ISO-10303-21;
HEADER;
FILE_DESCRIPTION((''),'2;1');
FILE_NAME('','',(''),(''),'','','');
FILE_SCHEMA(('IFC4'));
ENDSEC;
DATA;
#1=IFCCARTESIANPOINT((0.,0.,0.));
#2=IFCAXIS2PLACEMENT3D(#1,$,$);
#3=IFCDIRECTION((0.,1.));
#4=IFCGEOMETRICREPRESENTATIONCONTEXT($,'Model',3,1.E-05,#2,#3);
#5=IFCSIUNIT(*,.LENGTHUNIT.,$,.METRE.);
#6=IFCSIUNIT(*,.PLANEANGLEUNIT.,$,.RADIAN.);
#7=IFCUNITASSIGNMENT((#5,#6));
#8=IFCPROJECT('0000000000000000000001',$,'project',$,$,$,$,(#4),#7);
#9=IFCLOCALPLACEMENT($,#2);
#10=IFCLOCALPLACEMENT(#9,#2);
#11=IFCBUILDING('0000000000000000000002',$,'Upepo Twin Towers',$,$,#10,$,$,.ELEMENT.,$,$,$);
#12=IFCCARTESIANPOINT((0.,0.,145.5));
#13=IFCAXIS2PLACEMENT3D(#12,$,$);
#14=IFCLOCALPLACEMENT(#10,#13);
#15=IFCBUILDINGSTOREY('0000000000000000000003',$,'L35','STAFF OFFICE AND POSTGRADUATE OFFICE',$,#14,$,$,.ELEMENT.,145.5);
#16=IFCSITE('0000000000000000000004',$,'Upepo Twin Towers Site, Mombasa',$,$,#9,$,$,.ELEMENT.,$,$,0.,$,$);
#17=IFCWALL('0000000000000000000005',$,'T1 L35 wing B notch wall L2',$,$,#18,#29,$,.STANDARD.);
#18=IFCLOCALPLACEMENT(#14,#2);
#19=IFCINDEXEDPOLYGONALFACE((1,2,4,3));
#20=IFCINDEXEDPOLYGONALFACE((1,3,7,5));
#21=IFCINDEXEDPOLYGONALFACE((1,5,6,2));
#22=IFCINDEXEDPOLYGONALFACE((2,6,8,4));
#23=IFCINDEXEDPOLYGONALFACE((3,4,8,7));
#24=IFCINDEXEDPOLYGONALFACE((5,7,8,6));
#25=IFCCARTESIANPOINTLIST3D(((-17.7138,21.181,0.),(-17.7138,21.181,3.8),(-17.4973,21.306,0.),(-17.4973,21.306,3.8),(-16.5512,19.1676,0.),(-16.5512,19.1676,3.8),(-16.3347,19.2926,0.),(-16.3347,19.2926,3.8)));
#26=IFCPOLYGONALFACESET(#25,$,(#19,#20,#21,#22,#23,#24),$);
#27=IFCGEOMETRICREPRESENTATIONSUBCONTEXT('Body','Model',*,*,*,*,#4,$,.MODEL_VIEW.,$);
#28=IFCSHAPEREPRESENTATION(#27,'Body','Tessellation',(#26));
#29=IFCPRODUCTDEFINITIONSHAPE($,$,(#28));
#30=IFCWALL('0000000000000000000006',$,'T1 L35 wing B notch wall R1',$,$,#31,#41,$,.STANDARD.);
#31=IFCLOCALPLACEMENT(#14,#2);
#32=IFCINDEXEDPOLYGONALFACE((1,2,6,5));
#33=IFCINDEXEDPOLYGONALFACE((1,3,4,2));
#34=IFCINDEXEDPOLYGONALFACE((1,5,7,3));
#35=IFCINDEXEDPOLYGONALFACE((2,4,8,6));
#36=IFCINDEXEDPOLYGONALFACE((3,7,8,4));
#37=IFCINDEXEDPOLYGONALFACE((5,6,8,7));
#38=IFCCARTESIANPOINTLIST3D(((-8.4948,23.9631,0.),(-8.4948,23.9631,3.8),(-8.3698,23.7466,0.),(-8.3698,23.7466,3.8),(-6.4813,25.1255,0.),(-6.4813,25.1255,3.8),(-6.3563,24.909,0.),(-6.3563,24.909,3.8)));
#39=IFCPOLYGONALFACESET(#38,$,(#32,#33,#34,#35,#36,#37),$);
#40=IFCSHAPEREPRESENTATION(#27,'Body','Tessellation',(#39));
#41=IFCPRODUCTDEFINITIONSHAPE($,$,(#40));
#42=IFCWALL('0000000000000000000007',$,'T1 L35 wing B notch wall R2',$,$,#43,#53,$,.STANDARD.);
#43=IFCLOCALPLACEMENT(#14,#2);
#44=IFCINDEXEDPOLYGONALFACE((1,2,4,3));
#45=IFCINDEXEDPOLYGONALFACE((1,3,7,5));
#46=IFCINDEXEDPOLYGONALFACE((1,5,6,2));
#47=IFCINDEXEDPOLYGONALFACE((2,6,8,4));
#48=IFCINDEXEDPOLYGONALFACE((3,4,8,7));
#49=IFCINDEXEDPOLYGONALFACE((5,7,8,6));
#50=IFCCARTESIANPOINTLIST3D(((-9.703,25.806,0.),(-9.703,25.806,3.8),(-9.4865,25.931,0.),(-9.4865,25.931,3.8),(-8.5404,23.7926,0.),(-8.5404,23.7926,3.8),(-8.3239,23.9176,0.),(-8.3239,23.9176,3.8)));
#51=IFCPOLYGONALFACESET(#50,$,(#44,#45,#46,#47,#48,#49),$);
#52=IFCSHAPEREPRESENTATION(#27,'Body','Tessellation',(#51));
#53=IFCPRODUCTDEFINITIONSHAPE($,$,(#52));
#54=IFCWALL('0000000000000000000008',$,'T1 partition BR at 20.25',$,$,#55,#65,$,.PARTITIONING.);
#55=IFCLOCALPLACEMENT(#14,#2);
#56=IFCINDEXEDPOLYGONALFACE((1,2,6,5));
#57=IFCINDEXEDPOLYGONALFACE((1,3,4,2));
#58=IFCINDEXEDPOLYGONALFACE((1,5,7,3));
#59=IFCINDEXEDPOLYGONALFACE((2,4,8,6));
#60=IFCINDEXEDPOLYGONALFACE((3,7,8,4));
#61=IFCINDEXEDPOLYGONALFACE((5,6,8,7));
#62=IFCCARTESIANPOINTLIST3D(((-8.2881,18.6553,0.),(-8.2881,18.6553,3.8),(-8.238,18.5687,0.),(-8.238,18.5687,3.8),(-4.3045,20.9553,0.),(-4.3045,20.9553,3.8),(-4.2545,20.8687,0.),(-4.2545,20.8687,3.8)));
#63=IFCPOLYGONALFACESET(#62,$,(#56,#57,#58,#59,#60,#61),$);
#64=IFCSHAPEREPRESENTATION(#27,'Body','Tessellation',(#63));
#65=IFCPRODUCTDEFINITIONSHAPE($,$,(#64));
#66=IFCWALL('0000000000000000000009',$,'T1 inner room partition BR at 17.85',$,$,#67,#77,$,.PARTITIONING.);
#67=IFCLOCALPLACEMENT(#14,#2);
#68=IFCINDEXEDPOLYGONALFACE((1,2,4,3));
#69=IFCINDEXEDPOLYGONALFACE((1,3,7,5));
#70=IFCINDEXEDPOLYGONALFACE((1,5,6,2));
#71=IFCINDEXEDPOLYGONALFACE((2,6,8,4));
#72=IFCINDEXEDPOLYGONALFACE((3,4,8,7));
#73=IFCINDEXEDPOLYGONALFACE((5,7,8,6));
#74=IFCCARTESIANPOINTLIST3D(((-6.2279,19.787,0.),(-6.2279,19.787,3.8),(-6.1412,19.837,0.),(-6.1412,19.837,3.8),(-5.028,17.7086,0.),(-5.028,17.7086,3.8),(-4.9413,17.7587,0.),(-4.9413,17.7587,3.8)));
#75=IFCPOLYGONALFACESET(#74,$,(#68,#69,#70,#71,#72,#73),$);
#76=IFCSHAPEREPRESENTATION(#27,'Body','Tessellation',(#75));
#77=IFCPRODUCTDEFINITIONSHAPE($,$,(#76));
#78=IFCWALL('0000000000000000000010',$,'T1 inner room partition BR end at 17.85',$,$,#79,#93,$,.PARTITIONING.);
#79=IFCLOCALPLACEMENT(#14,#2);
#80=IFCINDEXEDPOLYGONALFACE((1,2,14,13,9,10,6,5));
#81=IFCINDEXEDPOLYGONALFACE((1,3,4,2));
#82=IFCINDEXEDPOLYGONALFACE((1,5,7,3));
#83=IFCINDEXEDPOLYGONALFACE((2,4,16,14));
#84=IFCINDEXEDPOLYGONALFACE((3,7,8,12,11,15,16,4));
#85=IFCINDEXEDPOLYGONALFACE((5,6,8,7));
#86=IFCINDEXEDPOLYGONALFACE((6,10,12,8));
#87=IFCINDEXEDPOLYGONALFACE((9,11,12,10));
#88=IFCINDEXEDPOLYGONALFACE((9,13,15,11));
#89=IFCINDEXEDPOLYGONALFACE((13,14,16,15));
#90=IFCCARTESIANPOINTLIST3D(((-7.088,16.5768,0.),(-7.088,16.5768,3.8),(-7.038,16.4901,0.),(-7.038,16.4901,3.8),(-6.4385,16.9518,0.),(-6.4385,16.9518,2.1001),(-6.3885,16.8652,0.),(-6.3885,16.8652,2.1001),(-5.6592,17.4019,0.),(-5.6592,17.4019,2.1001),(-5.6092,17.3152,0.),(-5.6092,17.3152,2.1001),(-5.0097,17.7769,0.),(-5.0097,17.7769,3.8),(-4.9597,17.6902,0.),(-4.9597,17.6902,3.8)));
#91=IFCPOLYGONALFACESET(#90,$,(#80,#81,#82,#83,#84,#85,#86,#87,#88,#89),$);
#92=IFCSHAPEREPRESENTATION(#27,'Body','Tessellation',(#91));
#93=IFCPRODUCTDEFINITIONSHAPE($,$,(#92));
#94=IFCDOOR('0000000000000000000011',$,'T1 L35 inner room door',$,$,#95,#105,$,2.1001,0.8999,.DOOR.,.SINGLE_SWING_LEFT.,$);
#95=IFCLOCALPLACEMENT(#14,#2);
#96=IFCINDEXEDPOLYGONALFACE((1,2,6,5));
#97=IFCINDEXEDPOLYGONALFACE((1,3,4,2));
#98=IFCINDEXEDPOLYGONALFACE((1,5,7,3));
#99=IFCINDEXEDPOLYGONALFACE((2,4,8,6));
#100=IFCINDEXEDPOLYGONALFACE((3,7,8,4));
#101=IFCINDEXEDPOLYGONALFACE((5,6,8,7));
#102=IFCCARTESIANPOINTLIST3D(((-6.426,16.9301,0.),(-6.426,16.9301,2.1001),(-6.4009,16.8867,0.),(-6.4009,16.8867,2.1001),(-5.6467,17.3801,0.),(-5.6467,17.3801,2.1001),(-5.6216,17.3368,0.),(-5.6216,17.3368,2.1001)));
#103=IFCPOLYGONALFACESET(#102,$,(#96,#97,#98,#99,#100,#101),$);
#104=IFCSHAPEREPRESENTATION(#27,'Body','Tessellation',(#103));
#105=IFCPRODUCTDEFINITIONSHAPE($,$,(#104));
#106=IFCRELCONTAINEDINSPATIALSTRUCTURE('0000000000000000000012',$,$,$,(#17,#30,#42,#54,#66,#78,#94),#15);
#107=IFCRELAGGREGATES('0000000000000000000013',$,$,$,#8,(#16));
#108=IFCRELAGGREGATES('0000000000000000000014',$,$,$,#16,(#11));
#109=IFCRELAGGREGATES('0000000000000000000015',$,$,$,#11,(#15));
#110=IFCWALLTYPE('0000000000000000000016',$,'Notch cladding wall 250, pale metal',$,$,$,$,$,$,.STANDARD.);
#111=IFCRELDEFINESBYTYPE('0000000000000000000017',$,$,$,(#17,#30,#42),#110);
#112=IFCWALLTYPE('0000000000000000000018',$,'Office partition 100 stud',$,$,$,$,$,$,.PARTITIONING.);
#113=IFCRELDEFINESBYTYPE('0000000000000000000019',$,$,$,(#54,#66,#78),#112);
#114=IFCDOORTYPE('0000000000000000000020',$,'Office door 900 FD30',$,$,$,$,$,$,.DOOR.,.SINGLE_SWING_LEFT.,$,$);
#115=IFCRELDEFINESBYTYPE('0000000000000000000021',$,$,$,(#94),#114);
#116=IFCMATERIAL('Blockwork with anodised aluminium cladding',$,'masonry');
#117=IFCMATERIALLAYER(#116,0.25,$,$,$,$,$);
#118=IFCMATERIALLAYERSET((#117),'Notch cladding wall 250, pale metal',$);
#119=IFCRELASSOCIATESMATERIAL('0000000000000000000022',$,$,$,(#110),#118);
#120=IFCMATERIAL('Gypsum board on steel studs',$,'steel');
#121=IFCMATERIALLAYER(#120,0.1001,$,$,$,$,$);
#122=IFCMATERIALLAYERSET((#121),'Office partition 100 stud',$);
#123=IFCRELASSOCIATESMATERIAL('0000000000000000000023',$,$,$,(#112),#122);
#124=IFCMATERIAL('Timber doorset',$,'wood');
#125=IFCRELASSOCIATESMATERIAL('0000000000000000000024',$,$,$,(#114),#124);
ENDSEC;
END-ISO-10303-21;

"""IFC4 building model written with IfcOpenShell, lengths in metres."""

from ifc_helpers import new_model, si_unit, direction, frame, frame_2d, origin, place, context, subcontext, project, spatial, rectangle, extrude, material, layer, layer_set, type_object, element, fill, save


model = new_model("IFC4")

# Units and contexts
model_context = context("Model", 3, precision=1e-05, world=origin(), true_north=direction((0.0, 1.0)))
body_context = subcontext(model_context, "Body", "Model", "MODEL_VIEW")
ifc_project = project(units=[si_unit("LENGTHUNIT", "METRE"), si_unit("PLANEANGLEUNIT", "RADIAN")], contexts=[model_context])

# Site, building, storey
site_placement = place(None, origin())
site = spatial("IfcSite", under=ifc_project, at=site_placement, Name="Upepo Twin Towers Site, Mombasa", CompositionType="ELEMENT", RefElevation=0.0)
building_placement = place(site_placement, origin())
building = spatial("IfcBuilding", under=site, at=building_placement, Name="Upepo Twin Towers", CompositionType="ELEMENT")
storey_placement = place(building_placement, frame((0.0, 0.0, 145.5)))
storey = spatial("IfcBuildingStorey", under=building, at=storey_placement, Name="L35", Description="STAFF OFFICE AND POSTGRADUATE OFFICE", CompositionType="ELEMENT", Elevation=145.5)

# Walls
ifc_material_1 = material(Name="Blockwork with anodised aluminium cladding", Category="masonry")
ifc_layer_1 = layer(ifc_material_1, 0.25)
ifc_layer_set_1 = layer_set([ifc_layer_1], Name="Notch cladding wall 250, pale metal")
wall_type_1 = type_object("IfcWallType", Name="Notch cladding wall 250, pale metal", PredefinedType="STANDARD", material=ifc_layer_set_1)
for number, where, z_axis, x_axis, name in (
    (1, (-16.4429, 19.23, 0.0), (0.0, 0.0, 1.0), (-0.500047, 0.865998, 0.0), "T1 L35 wing B notch wall L2"),
    (2, (-6.4187, 25.0173, 0.0), (0.0, 0.0, 1.0), (-0.866044, -0.499968, 0.0), "T1 L35 wing B notch wall R1"),
    (3, (-8.4321, 23.855, 0.0), (0.0, 0.0, 1.0), (-0.500047, 0.865998, 0.0), "T1 L35 wing B notch wall R2"),
):
    element("IfcWall", number, at=place(storey_placement, frame(where, z_axis=z_axis, x_axis=x_axis)), inside=storey, type_object=wall_type_1, Name=name, PredefinedType="STANDARD", context=body_context, shape_type="SweptSolid", body=[
        extrude(rectangle(XDim=2.325, YDim=0.25, at=frame_2d((1.1626, 0.0))), origin(), (0.0, 0.0, 1.0), 3.8),
    ])
ifc_material_2 = material(Name="Gypsum board on steel studs", Category="steel")
ifc_layer_2 = layer(ifc_material_2, 0.1001)
ifc_layer_set_2 = layer_set([ifc_layer_2], Name="Office partition 100 stud")
wall_type_2 = type_object("IfcWallType", Name="Office partition 100 stud", PredefinedType="PARTITIONING", material=ifc_layer_set_2)
wall_1_placement = place(storey_placement, frame((-8.2629, 18.6121, 0.0), z_axis=(0.0, 0.0, 1.0), x_axis=(0.866017, 0.500015, 0.0)))
element("IfcWall", 4, at=wall_1_placement, inside=storey, type_object=wall_type_2, Name="T1 partition BR at 20.25", PredefinedType="PARTITIONING", context=body_context, shape_type="SweptSolid", body=[
    extrude(rectangle(XDim=4.5999, YDim=0.1001, at=frame_2d((2.2998, 0.0))), origin(), (0.0, 0.0, 1.0), 3.8),
])
wall_2_placement = place(storey_placement, frame((-4.9846, 17.7336, 0.0), z_axis=(0.0, 0.0, 1.0), x_axis=(-0.500001, 0.866025, 0.0)))
element("IfcWall", 5, at=wall_2_placement, inside=storey, type_object=wall_type_2, Name="T1 inner room partition BR at 17.85", PredefinedType="PARTITIONING", context=body_context, shape_type="SweptSolid", body=[
    extrude(rectangle(XDim=2.3999, YDim=0.1001, at=frame_2d((1.2, 0.0))), origin(), (0.0, 0.0, 1.0), 3.8),
])

# Wall, opening, door
wall_3_placement = place(storey_placement, frame((-7.063, 16.5334, 0.0), z_axis=(0.0, 0.0, 1.0), x_axis=(0.865981, 0.500078, 0.0)))
wall_3 = element("IfcWall", 6, at=wall_3_placement, inside=storey, type_object=wall_type_2, Name="T1 inner room partition BR end at 17.85", PredefinedType="PARTITIONING", context=body_context, shape_type="SweptSolid", body=[
    extrude(rectangle(XDim=2.3999, YDim=0.1001, at=frame_2d((1.2, 0.0))), origin(), (0.0, 0.0, 1.0), 3.8),
])
opening_placement = place(wall_3_placement, frame((0.75, 0.0, 0.0)))
opening = element("IfcOpeningElement", 7, at=opening_placement, cuts=wall_3, PredefinedType="OPENING", context=body_context, shape_type="SweptSolid", body=[
    extrude(rectangle(XDim=0.8999, YDim=2.1001, at=frame_2d((0.45, 1.05))), frame((0.0, 0.0601, 0.0), z_axis=(0.0, -1.0, 0.0), x_axis=(1.0, 0.0, 0.0)), (0.0, 0.0, 1.0), 0.1201),
])
ifc_material_3 = material(Name="Timber doorset", Category="wood")
door_type = type_object("IfcDoorType", Name="Office door 900 FD30", OperationType="SINGLE_SWING_LEFT", PredefinedType="DOOR", material=ifc_material_3)
door_placement = place(opening_placement, origin())
door = element("IfcDoor", 8, at=door_placement, inside=storey, type_object=door_type, Name="T1 L35 inner room door", OperationType="SINGLE_SWING_LEFT", OverallHeight=2.1001, OverallWidth=0.8999, PredefinedType="DOOR", context=body_context, shape_type="SweptSolid", body=[
    extrude(rectangle(XDim=0.8999, YDim=2.1001, at=frame_2d((0.45, 1.05))), frame((0.0, 0.0249, 0.0), z_axis=(0.0, -1.0, 0.0), x_axis=(1.0, 0.0, 0.0)), (0.0, 0.0, 1.0), 0.05),
])
fill(opening, door)

save(model, "model.ifc")
